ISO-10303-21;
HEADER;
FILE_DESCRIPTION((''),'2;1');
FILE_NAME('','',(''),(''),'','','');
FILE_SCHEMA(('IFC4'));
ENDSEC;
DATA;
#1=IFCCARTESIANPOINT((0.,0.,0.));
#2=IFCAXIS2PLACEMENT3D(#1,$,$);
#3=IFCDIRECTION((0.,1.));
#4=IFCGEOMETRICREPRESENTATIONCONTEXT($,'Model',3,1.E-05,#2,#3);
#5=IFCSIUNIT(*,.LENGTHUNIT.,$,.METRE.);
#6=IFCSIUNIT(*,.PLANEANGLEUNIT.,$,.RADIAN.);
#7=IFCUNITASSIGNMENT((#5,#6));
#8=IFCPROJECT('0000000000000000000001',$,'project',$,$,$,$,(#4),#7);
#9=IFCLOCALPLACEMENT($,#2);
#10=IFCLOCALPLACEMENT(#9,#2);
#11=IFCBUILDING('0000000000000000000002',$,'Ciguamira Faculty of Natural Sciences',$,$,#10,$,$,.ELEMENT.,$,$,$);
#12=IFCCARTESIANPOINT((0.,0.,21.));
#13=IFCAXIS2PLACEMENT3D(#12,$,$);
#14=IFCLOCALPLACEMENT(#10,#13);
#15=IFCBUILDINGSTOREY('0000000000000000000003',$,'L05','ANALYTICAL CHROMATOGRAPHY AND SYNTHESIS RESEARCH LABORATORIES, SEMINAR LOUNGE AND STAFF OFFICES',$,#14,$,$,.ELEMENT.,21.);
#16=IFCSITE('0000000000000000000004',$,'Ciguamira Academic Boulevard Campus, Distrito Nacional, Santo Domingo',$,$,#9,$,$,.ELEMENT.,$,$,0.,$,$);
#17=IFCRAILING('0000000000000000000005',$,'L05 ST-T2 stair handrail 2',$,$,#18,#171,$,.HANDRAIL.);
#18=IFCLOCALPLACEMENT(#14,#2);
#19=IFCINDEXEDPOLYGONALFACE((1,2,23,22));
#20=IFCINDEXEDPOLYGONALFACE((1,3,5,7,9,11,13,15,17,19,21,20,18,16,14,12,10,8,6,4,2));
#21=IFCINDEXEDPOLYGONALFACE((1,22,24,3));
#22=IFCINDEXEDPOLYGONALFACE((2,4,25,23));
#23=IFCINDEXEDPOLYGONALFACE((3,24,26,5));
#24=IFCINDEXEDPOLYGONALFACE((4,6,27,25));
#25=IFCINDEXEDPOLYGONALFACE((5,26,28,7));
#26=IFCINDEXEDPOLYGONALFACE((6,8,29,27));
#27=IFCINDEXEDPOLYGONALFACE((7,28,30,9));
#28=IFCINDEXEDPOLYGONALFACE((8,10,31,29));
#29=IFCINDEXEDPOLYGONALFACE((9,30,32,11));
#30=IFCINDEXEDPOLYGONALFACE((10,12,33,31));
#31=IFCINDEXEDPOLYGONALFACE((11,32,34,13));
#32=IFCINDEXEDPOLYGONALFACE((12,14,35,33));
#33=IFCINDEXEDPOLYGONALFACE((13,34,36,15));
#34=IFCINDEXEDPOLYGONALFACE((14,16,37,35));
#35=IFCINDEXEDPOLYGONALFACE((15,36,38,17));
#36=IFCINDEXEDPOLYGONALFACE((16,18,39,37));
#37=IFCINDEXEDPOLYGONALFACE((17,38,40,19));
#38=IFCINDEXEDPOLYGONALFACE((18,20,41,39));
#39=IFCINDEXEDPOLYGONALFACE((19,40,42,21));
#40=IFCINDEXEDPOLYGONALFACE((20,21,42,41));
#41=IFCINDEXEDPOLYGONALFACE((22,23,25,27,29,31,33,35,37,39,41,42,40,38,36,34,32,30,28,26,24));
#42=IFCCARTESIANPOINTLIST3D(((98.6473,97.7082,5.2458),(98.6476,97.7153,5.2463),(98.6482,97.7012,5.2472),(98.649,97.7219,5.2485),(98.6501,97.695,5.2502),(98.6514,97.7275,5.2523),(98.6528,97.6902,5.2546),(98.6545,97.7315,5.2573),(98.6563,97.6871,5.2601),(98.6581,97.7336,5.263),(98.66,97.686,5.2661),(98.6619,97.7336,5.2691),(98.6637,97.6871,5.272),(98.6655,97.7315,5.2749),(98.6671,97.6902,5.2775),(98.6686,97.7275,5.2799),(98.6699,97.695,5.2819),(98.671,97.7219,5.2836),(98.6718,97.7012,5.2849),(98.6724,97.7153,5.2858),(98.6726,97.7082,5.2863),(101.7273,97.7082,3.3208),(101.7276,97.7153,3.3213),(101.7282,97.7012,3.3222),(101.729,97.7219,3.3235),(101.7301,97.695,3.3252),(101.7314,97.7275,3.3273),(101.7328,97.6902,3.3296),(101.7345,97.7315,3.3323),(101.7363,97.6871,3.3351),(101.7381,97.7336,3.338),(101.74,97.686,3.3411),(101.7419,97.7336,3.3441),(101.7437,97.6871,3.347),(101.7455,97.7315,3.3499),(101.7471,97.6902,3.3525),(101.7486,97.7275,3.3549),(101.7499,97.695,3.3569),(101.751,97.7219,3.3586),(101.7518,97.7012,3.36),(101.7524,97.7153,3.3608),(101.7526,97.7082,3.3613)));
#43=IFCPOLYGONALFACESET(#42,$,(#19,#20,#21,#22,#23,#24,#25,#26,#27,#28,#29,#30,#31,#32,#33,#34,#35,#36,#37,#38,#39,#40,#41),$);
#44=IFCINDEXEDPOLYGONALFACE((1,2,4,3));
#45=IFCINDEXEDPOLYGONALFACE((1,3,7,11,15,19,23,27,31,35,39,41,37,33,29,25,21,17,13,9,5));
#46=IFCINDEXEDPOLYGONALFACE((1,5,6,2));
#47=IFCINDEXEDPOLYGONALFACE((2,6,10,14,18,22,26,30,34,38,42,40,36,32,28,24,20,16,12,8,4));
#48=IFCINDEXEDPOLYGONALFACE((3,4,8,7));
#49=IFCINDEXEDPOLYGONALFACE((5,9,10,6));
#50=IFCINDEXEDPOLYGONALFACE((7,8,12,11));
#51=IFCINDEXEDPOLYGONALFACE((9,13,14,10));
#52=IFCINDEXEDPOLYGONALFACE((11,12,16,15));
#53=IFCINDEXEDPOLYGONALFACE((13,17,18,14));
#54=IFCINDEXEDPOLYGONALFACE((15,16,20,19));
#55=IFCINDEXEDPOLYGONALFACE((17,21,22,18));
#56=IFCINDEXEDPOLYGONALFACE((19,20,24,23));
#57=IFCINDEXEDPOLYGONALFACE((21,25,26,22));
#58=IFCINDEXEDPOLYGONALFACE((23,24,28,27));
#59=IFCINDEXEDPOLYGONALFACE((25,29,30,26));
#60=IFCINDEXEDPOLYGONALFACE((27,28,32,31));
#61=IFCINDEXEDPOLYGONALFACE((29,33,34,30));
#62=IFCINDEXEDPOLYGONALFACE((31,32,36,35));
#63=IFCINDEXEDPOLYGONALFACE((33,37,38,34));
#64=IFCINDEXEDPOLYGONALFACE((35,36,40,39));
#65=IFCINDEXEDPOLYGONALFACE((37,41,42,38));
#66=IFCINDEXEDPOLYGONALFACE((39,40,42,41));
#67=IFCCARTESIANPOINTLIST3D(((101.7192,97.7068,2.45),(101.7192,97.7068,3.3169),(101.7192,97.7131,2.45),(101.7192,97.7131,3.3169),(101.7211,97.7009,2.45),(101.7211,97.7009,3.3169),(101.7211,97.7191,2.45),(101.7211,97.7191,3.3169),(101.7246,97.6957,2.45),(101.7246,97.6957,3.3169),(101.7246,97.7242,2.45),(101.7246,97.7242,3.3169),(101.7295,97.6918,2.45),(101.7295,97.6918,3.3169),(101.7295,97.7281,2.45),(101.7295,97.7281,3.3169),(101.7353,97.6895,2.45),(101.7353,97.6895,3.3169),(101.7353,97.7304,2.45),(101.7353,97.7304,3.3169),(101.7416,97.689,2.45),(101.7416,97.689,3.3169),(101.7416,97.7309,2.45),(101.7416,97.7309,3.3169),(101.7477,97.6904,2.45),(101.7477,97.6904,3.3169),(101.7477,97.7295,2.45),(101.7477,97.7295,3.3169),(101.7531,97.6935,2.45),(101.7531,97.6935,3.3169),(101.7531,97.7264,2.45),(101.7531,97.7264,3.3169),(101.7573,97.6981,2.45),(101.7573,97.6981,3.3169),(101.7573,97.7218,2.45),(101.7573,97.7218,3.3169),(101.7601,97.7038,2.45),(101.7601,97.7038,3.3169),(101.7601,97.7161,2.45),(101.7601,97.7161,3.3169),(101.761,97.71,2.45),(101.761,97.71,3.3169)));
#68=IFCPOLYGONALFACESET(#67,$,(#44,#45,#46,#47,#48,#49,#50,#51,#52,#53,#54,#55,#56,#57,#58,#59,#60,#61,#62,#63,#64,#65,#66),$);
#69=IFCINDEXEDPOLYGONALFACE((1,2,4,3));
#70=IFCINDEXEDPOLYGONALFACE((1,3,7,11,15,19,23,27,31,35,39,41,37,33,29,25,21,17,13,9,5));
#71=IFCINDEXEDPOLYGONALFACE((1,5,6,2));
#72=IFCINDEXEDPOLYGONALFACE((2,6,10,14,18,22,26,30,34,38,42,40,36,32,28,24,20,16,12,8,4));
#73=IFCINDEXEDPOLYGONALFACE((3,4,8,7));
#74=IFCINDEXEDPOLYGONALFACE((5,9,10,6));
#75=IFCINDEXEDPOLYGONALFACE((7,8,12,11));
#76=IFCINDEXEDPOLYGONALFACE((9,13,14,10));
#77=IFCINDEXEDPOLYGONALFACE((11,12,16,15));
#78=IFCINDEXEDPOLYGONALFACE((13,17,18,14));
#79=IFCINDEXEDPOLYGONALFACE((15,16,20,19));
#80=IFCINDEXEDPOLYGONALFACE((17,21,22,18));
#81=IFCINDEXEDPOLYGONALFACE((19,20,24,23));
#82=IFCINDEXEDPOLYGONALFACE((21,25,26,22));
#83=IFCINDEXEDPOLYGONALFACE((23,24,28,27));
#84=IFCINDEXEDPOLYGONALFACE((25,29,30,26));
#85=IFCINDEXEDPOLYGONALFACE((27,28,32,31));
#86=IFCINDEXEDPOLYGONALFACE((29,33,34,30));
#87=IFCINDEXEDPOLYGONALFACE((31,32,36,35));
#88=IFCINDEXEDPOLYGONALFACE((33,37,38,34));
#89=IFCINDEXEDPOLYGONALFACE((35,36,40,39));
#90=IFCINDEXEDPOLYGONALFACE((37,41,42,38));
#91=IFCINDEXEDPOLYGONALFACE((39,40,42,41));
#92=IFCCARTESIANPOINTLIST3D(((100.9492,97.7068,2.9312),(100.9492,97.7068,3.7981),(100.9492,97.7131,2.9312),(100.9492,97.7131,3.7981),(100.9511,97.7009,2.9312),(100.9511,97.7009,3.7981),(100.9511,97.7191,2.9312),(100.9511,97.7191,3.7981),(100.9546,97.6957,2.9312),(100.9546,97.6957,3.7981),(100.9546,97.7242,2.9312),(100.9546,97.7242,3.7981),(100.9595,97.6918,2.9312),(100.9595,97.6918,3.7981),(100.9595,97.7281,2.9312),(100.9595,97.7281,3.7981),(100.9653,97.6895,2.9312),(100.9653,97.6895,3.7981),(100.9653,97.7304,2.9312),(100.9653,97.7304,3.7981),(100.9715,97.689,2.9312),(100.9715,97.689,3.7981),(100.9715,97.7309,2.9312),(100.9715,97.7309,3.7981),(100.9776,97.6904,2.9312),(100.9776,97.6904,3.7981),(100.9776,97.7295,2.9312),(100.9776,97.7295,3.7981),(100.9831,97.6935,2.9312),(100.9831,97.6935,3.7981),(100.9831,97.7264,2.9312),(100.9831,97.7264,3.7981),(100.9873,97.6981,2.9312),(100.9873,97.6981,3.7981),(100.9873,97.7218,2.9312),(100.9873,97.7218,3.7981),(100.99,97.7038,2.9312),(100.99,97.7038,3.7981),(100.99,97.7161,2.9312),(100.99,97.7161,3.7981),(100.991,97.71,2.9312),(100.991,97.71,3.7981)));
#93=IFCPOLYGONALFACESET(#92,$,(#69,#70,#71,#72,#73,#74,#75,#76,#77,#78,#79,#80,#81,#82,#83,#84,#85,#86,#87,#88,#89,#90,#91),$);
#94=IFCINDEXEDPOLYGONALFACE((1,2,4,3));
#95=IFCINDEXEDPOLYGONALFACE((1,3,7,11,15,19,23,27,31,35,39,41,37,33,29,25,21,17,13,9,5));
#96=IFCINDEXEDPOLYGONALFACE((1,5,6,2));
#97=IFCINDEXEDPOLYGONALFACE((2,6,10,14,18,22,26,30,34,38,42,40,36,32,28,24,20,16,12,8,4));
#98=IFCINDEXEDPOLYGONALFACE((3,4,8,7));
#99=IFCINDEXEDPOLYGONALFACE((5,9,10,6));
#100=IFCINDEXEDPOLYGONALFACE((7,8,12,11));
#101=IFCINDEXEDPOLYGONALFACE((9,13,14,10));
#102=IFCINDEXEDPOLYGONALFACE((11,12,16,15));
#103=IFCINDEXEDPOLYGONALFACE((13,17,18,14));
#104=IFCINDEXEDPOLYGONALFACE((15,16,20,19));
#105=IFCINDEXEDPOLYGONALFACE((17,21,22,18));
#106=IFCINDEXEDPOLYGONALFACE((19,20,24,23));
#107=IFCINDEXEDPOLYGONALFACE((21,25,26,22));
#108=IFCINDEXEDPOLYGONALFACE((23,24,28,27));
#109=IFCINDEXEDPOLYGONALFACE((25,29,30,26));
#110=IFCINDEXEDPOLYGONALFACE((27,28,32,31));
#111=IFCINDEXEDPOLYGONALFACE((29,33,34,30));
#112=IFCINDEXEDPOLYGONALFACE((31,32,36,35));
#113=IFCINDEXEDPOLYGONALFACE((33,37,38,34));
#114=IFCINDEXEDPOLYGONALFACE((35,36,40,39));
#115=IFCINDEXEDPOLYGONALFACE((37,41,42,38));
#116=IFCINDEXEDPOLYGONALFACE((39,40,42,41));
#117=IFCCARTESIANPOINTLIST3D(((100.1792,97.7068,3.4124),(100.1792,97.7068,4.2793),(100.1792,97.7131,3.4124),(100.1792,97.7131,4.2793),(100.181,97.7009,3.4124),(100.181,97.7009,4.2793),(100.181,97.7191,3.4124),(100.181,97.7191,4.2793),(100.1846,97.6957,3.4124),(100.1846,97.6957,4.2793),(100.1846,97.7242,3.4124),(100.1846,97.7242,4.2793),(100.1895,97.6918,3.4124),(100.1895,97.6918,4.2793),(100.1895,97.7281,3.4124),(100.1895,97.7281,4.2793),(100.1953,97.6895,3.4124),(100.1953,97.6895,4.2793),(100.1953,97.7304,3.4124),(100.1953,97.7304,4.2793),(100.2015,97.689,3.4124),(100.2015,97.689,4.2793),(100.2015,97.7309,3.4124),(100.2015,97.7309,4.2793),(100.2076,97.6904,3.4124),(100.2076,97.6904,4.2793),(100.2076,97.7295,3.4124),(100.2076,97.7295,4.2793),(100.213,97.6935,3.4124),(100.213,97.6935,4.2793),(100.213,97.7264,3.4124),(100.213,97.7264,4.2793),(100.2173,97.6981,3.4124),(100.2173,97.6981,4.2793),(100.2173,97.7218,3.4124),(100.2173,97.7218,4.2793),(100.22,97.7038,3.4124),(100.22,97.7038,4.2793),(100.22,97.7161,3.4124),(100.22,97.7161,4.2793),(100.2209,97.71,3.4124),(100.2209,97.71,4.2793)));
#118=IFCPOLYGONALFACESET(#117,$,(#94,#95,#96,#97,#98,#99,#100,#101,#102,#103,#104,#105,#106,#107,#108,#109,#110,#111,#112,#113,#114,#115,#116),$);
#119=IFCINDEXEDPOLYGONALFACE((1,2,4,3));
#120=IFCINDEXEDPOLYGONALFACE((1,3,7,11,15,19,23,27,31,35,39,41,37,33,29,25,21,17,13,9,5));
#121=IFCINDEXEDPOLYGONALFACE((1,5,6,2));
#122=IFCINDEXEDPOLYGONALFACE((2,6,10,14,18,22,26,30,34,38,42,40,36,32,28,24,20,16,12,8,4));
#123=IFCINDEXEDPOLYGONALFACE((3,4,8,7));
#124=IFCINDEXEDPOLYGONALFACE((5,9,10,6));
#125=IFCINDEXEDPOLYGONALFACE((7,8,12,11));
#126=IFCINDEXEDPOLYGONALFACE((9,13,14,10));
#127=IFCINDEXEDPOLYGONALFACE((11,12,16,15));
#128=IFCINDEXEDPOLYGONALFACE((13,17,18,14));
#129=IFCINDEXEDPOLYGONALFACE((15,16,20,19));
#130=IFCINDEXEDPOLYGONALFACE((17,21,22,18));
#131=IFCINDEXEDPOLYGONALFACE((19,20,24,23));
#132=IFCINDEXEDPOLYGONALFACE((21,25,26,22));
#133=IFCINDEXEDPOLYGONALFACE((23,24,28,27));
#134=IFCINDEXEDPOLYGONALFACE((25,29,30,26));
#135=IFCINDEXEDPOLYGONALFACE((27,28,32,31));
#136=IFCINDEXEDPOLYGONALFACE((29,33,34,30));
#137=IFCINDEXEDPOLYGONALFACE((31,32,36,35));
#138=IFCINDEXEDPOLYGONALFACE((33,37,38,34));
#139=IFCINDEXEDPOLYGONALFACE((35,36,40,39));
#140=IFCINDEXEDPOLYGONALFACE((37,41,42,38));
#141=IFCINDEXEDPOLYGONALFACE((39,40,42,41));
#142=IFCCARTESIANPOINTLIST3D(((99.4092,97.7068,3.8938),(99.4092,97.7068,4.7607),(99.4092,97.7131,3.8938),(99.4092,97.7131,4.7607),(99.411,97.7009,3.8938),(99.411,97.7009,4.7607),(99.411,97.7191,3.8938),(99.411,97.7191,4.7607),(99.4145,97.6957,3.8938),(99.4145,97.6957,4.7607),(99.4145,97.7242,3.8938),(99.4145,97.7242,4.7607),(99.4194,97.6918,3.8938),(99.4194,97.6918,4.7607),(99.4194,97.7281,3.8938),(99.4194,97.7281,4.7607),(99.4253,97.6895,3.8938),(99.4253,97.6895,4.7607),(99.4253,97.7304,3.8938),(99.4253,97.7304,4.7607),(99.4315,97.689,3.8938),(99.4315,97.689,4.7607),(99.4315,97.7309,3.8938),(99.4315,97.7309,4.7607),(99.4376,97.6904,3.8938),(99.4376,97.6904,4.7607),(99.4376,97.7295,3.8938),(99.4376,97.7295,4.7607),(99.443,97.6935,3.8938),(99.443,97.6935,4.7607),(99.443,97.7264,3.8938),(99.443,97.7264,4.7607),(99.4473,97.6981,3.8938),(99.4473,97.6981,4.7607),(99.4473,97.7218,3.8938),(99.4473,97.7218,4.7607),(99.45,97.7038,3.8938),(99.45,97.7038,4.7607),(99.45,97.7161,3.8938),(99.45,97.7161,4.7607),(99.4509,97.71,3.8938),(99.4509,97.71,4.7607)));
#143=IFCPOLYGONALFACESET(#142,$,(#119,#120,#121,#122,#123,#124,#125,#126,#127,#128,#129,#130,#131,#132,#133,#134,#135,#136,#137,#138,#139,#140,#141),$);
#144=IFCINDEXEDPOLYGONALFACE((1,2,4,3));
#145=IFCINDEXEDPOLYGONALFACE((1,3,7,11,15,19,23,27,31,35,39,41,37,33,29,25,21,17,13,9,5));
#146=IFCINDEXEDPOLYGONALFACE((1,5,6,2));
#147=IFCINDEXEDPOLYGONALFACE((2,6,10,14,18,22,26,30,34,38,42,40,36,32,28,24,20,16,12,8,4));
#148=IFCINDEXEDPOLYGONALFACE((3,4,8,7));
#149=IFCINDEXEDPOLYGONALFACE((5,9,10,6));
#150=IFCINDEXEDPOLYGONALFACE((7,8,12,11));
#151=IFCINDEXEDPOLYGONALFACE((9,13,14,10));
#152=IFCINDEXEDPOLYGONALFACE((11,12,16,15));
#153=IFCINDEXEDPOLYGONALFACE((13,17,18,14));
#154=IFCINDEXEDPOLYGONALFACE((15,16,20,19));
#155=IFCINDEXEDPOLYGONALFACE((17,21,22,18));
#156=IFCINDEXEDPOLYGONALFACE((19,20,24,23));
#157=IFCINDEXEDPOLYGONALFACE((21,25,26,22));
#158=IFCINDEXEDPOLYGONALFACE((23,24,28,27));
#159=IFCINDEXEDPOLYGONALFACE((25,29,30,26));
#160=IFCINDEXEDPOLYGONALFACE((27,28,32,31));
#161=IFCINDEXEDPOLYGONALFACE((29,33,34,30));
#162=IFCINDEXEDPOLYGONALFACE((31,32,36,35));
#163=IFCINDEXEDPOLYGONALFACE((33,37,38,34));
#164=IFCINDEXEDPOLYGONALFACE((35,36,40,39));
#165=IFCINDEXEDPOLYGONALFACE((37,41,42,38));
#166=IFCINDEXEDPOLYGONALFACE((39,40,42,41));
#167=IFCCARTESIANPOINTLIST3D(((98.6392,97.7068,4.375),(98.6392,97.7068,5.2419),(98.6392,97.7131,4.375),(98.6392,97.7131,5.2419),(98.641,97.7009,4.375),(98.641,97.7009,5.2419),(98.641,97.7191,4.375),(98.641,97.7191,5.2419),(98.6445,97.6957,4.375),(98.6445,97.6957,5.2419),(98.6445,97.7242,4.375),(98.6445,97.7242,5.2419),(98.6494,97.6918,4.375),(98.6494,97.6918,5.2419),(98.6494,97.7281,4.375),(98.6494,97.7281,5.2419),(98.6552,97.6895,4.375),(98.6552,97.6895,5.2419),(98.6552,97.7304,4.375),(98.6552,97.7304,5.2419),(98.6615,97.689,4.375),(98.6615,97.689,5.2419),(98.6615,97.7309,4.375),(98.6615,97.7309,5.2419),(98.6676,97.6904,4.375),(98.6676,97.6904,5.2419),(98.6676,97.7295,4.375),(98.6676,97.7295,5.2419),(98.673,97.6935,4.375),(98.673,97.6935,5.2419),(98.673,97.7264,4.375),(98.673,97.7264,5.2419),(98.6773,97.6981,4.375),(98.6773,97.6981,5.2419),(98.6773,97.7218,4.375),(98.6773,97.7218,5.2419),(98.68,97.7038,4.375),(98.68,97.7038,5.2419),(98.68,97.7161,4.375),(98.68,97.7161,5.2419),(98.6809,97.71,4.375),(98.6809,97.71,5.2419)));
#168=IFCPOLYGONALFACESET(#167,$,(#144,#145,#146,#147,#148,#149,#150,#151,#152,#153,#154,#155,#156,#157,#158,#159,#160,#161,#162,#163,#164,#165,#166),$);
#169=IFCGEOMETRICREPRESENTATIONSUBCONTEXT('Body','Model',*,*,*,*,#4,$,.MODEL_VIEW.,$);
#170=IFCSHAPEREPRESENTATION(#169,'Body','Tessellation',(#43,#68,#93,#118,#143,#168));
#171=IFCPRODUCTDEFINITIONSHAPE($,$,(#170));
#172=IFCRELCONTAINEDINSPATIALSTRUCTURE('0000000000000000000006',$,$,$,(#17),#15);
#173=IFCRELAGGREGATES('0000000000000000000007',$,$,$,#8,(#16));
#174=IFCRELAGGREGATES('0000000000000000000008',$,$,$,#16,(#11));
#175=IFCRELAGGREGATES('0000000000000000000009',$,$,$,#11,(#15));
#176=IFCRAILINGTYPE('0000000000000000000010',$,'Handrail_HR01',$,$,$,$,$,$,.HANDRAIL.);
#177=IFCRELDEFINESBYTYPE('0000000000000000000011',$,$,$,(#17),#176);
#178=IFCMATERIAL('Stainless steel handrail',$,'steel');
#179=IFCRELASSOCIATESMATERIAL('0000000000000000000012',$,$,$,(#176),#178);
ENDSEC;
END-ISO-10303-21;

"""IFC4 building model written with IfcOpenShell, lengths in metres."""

from ifc_helpers import new_model, si_unit, direction, frame, origin, origin_2d, place, context, subcontext, project, spatial, circle, extrude, material, type_object, element, save


model = new_model("IFC4")

# Units and contexts
model_context = context("Model", 3, precision=1e-05, world=origin(), true_north=direction((0.0, 1.0)))
body_context = subcontext(model_context, "Body", "Model", "MODEL_VIEW")
ifc_project = project(units=[si_unit("LENGTHUNIT", "METRE"), si_unit("PLANEANGLEUNIT", "RADIAN")], contexts=[model_context])

# Site, building, storey
site_placement = place(None, origin())
site = spatial("IfcSite", under=ifc_project, at=site_placement, Name="Ciguamira Academic Boulevard Campus, Distrito Nacional, Santo Domingo", CompositionType="ELEMENT", RefElevation=0.0)
building_placement = place(site_placement, origin())
building = spatial("IfcBuilding", under=site, at=building_placement, Name="Ciguamira Faculty of Natural Sciences", CompositionType="ELEMENT")
storey_placement = place(building_placement, frame((0.0, 0.0, 21.0)))
storey = spatial("IfcBuildingStorey", under=building, at=storey_placement, Name="L05", Description="ANALYTICAL CHROMATOGRAPHY AND SYNTHESIS RESEARCH LABORATORIES, SEMINAR LOUNGE AND STAFF OFFICES", CompositionType="ELEMENT", Elevation=21.0)

# Railing
ifc_material_1 = material(Name="Stainless steel handrail", Category="steel")
railing_type_1 = type_object("IfcRailingType", Name="Handrail_HR01", PredefinedType="HANDRAIL", material=ifc_material_1)
railing_1_placement = place(storey_placement, frame((101.74, 97.71, 2.45)))
element("IfcRailing", 1, at=railing_1_placement, inside=storey, type_object=railing_type_1, Name="L05 ST-T2 stair handrail 2", PredefinedType="HANDRAIL", context=body_context, shape_type="SweptSolid", body=[
    extrude(circle(Radius=0.0239, at=origin_2d()), frame((0.0, 0.0, 0.8911), z_axis=(-0.847998, 0.0, 0.529999), x_axis=(0.0, -1.0, 0.0)), (0.0, 0.0, 1.0), 3.6321),
    extrude(circle(Radius=0.021, at=origin_2d()), origin(), (0.0, 0.0, 1.0), 0.8669),
    extrude(circle(Radius=0.021, at=origin_2d()), frame((-0.77, 0.0, 0.4812)), (0.0, 0.0, 1.0), 0.8669),
    extrude(circle(Radius=0.021, at=origin_2d()), frame((-1.54, 0.0, 0.9624)), (0.0, 0.0, 1.0), 0.8669),
    extrude(circle(Radius=0.021, at=origin_2d()), frame((-2.3101, 0.0, 1.4438)), (0.0, 0.0, 1.0), 0.8669),
    extrude(circle(Radius=0.021, at=origin_2d()), frame((-3.0801, 0.0, 1.925)), (0.0, 0.0, 1.0), 0.8669),
])

save(model, "model.ifc")
